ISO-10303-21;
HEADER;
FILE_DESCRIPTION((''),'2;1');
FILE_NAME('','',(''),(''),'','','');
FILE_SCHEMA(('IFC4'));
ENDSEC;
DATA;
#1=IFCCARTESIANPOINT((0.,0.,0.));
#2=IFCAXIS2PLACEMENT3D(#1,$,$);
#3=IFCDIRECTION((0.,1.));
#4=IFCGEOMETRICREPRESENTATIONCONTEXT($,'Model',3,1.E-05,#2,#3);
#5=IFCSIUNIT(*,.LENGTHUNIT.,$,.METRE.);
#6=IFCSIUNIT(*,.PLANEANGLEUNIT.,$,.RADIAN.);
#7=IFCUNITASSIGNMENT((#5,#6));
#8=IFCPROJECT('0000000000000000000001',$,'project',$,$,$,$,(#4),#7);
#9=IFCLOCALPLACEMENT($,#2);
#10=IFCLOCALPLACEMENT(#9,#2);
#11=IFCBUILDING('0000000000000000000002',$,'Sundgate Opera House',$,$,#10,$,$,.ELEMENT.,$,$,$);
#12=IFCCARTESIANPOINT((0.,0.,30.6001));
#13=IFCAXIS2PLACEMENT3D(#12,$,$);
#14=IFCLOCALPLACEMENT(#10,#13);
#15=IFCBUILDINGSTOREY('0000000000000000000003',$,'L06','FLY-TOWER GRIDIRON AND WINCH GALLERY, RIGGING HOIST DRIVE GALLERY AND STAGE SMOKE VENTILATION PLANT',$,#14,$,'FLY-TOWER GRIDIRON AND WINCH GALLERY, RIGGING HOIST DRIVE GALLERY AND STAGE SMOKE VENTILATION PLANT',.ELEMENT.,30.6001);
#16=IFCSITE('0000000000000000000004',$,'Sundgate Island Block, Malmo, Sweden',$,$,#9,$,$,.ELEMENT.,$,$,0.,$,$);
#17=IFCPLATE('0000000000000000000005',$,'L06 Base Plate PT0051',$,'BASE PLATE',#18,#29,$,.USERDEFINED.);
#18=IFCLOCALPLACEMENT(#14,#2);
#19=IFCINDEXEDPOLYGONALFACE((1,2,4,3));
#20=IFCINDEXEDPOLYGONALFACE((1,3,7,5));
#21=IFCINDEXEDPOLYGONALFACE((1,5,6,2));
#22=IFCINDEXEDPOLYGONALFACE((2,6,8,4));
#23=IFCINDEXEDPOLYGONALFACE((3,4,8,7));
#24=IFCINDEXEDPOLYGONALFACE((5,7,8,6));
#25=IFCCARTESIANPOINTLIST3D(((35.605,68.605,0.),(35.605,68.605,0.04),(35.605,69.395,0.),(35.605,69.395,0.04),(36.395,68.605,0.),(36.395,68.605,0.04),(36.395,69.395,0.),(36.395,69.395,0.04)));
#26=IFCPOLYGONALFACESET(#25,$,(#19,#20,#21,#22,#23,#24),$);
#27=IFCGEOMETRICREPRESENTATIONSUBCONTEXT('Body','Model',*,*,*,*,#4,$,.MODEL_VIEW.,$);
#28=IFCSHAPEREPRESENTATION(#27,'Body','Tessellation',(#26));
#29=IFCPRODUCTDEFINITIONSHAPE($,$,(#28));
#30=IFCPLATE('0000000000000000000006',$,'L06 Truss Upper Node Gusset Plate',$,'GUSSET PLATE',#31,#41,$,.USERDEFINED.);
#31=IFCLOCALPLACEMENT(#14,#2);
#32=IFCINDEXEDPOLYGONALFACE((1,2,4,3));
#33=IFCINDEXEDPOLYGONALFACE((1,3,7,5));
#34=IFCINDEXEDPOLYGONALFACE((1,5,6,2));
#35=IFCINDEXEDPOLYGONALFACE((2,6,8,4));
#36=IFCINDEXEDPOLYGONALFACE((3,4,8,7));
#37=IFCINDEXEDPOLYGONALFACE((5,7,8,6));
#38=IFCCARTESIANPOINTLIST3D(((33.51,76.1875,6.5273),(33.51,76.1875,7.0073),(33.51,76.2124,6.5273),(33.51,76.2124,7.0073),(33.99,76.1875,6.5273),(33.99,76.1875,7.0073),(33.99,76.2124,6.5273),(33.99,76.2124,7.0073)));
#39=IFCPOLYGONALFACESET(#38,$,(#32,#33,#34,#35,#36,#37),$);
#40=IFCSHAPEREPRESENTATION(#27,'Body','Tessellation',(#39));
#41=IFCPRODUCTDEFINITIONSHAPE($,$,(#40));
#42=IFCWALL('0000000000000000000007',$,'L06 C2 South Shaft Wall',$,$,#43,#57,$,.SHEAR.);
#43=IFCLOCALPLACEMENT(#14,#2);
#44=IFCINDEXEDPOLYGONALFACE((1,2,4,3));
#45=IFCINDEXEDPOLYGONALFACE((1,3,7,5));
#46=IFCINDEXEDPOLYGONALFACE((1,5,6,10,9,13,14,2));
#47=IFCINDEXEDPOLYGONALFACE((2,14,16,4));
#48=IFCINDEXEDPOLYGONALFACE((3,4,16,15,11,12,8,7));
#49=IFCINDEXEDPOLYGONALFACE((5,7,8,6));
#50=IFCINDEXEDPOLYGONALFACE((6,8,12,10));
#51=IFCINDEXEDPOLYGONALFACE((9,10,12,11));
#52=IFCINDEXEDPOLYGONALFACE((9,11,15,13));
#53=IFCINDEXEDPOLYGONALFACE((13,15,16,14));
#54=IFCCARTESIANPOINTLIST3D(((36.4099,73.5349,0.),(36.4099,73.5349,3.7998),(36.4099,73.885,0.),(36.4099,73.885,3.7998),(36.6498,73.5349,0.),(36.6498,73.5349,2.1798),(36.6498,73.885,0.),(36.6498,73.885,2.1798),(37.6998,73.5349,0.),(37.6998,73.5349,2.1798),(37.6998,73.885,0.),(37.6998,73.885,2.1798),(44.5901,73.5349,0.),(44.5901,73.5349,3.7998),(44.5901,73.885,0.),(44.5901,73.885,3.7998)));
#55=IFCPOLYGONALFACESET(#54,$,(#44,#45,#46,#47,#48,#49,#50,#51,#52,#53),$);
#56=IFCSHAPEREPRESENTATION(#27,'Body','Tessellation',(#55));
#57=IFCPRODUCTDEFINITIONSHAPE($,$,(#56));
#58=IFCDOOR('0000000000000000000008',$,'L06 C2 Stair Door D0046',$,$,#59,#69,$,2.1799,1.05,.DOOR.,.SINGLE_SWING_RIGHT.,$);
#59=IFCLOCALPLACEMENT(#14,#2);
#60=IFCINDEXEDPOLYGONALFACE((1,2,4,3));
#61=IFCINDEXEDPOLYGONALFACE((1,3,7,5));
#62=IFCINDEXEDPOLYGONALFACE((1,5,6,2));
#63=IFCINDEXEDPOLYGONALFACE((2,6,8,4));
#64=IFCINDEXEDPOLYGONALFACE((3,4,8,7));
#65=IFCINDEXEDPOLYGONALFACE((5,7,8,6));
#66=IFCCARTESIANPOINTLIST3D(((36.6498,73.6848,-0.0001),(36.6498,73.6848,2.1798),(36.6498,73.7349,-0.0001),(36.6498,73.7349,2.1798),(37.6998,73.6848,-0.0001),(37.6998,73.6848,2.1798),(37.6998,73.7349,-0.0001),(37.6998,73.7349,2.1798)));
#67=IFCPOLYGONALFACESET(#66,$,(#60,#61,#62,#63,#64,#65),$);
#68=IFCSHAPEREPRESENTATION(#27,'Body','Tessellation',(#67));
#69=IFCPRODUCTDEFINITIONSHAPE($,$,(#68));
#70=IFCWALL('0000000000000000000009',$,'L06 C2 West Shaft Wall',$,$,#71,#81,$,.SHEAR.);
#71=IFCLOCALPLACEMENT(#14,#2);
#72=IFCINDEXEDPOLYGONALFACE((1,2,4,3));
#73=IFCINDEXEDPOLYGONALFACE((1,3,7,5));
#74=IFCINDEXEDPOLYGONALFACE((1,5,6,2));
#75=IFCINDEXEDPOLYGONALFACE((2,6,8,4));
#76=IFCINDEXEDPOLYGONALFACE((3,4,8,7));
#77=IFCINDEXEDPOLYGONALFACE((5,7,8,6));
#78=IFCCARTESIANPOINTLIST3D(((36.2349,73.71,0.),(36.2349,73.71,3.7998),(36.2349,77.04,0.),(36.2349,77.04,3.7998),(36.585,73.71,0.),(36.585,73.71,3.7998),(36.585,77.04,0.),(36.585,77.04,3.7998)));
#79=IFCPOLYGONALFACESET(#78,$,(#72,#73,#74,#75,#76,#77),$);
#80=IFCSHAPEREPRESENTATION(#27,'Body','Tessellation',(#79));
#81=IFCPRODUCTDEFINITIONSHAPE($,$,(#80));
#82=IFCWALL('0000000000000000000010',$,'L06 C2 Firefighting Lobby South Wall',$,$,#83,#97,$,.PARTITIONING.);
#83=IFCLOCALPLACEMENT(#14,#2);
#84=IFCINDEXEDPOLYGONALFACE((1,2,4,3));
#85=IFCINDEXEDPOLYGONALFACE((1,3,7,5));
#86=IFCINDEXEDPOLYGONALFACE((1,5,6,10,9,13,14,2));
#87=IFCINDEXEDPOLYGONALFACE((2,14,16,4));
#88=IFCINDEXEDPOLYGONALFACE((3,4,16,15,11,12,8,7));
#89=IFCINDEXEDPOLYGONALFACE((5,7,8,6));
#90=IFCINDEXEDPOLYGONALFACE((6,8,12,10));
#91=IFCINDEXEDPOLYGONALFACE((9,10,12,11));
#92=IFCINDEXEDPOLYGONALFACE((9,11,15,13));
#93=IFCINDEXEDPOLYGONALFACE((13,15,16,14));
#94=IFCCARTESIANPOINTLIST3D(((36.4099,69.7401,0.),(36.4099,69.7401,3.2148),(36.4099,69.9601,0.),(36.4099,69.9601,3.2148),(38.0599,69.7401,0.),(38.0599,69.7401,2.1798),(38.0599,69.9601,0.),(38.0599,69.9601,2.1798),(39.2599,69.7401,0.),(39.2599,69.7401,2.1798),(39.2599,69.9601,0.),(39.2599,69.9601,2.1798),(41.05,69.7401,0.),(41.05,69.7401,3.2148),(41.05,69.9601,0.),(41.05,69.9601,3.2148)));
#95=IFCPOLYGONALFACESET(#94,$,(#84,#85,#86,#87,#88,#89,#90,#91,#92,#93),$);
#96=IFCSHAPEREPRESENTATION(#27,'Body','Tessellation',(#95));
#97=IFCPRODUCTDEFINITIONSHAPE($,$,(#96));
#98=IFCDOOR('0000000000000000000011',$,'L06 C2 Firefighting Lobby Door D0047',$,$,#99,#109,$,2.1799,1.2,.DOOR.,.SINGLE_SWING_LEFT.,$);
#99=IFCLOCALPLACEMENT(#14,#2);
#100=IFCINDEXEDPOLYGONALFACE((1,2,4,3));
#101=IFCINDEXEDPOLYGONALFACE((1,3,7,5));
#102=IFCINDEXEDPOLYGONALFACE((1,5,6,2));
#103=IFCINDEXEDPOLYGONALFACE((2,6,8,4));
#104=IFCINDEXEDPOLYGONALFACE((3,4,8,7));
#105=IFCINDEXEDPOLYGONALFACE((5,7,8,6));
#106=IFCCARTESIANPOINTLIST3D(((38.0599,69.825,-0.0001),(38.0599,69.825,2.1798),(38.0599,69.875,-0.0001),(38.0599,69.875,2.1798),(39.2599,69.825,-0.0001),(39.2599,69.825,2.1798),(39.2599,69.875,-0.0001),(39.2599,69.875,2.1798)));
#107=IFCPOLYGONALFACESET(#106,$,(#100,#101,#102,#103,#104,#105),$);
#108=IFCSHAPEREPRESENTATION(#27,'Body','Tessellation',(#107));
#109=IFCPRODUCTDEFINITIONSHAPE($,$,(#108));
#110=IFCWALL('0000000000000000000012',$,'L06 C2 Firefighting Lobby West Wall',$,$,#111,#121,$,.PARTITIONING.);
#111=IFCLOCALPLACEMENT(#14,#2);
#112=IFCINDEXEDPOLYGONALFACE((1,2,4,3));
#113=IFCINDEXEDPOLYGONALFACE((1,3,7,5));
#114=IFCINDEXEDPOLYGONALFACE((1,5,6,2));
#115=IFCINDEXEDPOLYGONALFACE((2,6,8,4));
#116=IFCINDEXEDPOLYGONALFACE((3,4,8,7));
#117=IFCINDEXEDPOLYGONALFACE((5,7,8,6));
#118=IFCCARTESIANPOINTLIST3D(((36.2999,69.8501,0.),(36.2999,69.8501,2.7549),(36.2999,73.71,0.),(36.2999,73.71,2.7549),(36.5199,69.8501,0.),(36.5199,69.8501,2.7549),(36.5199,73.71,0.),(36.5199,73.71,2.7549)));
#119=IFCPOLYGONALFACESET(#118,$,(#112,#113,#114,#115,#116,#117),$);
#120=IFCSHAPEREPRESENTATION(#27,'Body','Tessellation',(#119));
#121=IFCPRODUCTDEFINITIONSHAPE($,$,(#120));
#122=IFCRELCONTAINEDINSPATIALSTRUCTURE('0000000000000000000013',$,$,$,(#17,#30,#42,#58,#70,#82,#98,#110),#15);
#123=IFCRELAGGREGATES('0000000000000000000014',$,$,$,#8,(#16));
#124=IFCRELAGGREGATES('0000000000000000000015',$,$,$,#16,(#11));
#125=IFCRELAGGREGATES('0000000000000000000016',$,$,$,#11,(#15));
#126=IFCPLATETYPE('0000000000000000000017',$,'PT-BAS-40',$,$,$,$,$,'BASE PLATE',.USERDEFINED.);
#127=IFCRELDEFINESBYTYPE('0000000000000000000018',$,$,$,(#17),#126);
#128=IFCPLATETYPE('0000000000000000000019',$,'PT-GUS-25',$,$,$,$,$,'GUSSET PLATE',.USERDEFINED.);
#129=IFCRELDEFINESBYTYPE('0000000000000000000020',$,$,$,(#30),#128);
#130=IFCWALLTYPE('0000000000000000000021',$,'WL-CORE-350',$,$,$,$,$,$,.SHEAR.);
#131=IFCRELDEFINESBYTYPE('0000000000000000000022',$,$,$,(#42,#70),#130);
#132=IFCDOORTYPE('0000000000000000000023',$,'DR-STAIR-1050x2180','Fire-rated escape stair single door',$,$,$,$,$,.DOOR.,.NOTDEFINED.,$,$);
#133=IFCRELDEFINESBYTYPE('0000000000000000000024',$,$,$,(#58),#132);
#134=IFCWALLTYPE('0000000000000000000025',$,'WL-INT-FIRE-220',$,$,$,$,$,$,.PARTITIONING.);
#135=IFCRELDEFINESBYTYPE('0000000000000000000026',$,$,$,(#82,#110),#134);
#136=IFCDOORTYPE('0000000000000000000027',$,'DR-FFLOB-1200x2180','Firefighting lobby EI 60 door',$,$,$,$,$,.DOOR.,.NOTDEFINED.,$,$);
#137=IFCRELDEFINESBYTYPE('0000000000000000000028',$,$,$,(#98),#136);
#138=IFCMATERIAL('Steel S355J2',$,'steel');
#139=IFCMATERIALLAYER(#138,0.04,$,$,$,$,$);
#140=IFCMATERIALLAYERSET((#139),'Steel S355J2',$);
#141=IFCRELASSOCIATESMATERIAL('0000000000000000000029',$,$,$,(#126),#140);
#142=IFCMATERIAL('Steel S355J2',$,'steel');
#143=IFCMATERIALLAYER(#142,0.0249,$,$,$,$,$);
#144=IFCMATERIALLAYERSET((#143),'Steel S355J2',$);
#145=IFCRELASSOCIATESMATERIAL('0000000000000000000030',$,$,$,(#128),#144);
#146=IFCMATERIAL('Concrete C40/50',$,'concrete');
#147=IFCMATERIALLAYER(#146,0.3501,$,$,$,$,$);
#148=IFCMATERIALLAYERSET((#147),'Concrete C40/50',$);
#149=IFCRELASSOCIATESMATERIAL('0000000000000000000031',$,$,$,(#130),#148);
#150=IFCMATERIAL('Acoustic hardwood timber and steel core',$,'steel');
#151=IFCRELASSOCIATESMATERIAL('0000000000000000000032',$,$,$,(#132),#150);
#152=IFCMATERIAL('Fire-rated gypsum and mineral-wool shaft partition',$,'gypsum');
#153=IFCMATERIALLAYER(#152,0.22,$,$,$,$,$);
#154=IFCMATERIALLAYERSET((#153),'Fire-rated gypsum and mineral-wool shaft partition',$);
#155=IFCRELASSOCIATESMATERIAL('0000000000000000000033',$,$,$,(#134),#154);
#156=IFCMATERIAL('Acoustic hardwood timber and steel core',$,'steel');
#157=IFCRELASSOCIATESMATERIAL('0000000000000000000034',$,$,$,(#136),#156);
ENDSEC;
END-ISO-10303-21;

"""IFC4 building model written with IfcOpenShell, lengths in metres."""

from ifc_helpers import new_model, si_unit, direction, frame, frame_2d, origin, origin_2d, place, context, subcontext, project, spatial, rectangle, extrude, material, layer, layer_set, type_object, element, fill, save


model = new_model("IFC4")

# Units and contexts
model_context = context("Model", 3, precision=1e-05, world=origin(), true_north=direction((0.0, 1.0)))
body_context = subcontext(model_context, "Body", "Model", "MODEL_VIEW")
ifc_project = project(units=[si_unit("LENGTHUNIT", "METRE"), si_unit("PLANEANGLEUNIT", "RADIAN")], contexts=[model_context])

# Site, building, storey
site_placement = place(None, origin())
site = spatial("IfcSite", under=ifc_project, at=site_placement, Name="Sundgate Island Block, Malmo, Sweden", CompositionType="ELEMENT", RefElevation=0.0)
building_placement = place(site_placement, origin())
building = spatial("IfcBuilding", under=site, at=building_placement, Name="Sundgate Opera House", CompositionType="ELEMENT")
storey_placement = place(building_placement, frame((0.0, 0.0, 30.6001)))
storey = spatial("IfcBuildingStorey", under=building, at=storey_placement, Name="L06", Description="FLY-TOWER GRIDIRON AND WINCH GALLERY, RIGGING HOIST DRIVE GALLERY AND STAGE SMOKE VENTILATION PLANT", LongName="FLY-TOWER GRIDIRON AND WINCH GALLERY, RIGGING HOIST DRIVE GALLERY AND STAGE SMOKE VENTILATION PLANT", CompositionType="ELEMENT", Elevation=30.6001)

# Plates
ifc_material_1 = material(Name="Steel S355J2", Category="steel")
ifc_layer_1 = layer(ifc_material_1, 0.04)
ifc_layer_set_1 = layer_set([ifc_layer_1], Name="Steel S355J2")
plate_type_1 = type_object("IfcPlateType", Name="PT-BAS-40", ElementType="BASE PLATE", PredefinedType="USERDEFINED", material=ifc_layer_set_1)
plate_1_placement = place(storey_placement, frame((36.0, 69.0, 0.0), z_axis=(0.0, 0.0, 1.0), x_axis=(1.0, 0.0, 0.0)))
element("IfcPlate", 1, at=plate_1_placement, inside=storey, type_object=plate_type_1, Name="L06 Base Plate PT0051", ObjectType="BASE PLATE", PredefinedType="USERDEFINED", context=body_context, shape_type="SweptSolid", body=[
    extrude(rectangle(XDim=0.79, YDim=0.79, at=origin_2d()), origin(), (0.0, 0.0, 1.0), 0.04),
])
ifc_material_2 = material(Name="Steel S355J2", Category="steel")
ifc_layer_2 = layer(ifc_material_2, 0.0249)
ifc_layer_set_2 = layer_set([ifc_layer_2], Name="Steel S355J2")
plate_type_2 = type_object("IfcPlateType", Name="PT-GUS-25", ElementType="GUSSET PLATE", PredefinedType="USERDEFINED", material=ifc_layer_set_2)
plate_2_placement = place(storey_placement, frame((33.75, 76.2, 6.5273), z_axis=(0.0, 0.0, 1.0), x_axis=(1.0, 0.0, 0.0)))
element("IfcPlate", 2, at=plate_2_placement, inside=storey, type_object=plate_type_2, Name="L06 Truss Upper Node Gusset Plate", ObjectType="GUSSET PLATE", PredefinedType="USERDEFINED", context=body_context, shape_type="SweptSolid", body=[
    extrude(rectangle(XDim=0.48, YDim=0.0249, at=origin_2d()), origin(), (0.0, 0.0, 1.0), 0.48),
])

# Wall, opening, door
ifc_material_3 = material(Name="Concrete C40/50", Category="concrete")
ifc_layer_3 = layer(ifc_material_3, 0.3501)
ifc_layer_set_3 = layer_set([ifc_layer_3], Name="Concrete C40/50")
wall_type_1 = type_object("IfcWallType", Name="WL-CORE-350", PredefinedType="SHEAR", material=ifc_layer_set_3)
wall_1_placement = place(storey_placement, frame((36.4099, 73.71, 0.0), z_axis=(0.0, 0.0, 1.0), x_axis=(1.0, 0.0, 0.0)))
wall_1 = element("IfcWall", 3, at=wall_1_placement, inside=storey, type_object=wall_type_1, Name="L06 C2 South Shaft Wall", PredefinedType="SHEAR", context=body_context, shape_type="SweptSolid", body=[
    extrude(rectangle(XDim=8.1802, YDim=0.3501, at=frame_2d((4.0901, 0.0))), origin(), (0.0, 0.0, 1.0), 3.7998),
])
opening_1_placement = place(wall_1_placement, frame((0.24, 0.0, 0.0)))
opening_1 = element("IfcOpeningElement", 4, at=opening_1_placement, cuts=wall_1, PredefinedType="OPENING", context=body_context, shape_type="SweptSolid", body=[
    extrude(rectangle(XDim=1.05, YDim=2.1799, at=frame_2d((0.5249, 1.0898))), frame((0.0, 0.1851, 0.0), z_axis=(0.0, -1.0, 0.0), x_axis=(1.0, 0.0, 0.0)), (0.0, 0.0, 1.0), 0.3701),
])
ifc_material_4 = material(Name="Acoustic hardwood timber and steel core", Category="steel")
door_type_1 = type_object("IfcDoorType", Name="DR-STAIR-1050x2180", Description="Fire-rated escape stair single door", OperationType="NOTDEFINED", PredefinedType="DOOR", material=ifc_material_4)
door_1_placement = place(opening_1_placement, origin())
door_1 = element("IfcDoor", 5, at=door_1_placement, inside=storey, type_object=door_type_1, Name="L06 C2 Stair Door D0046", OperationType="SINGLE_SWING_RIGHT", OverallHeight=2.1799, OverallWidth=1.05, PredefinedType="DOOR", context=body_context, shape_type="SweptSolid", body=[
    extrude(rectangle(XDim=1.05, YDim=2.1799, at=frame_2d((0.5249, 1.0898))), frame((0.0, 0.0249, 0.0), z_axis=(0.0, -1.0, 0.0), x_axis=(1.0, 0.0, 0.0)), (0.0, 0.0, 1.0), 0.05),
])
fill(opening_1, door_1)

# Wall
wall_2_placement = place(storey_placement, frame((36.4099, 73.71, 0.0), z_axis=(0.0, 0.0, 1.0), x_axis=(0.0, 1.0, 0.0)))
element("IfcWall", 6, at=wall_2_placement, inside=storey, type_object=wall_type_1, Name="L06 C2 West Shaft Wall", PredefinedType="SHEAR", context=body_context, shape_type="SweptSolid", body=[
    extrude(rectangle(XDim=3.3301, YDim=0.3501, at=frame_2d((1.665, 0.0))), origin(), (0.0, 0.0, 1.0), 3.7998),
])

# Wall, opening, door
ifc_material_5 = material(Name="Fire-rated gypsum and mineral-wool shaft partition", Category="gypsum")
ifc_layer_4 = layer(ifc_material_5, 0.22)
ifc_layer_set_4 = layer_set([ifc_layer_4], Name="Fire-rated gypsum and mineral-wool shaft partition")
wall_type_2 = type_object("IfcWallType", Name="WL-INT-FIRE-220", PredefinedType="PARTITIONING", material=ifc_layer_set_4)
wall_3_placement = place(storey_placement, frame((36.4099, 69.8501, 0.0), z_axis=(0.0, 0.0, 1.0), x_axis=(1.0, 0.0, 0.0)))
wall_3 = element("IfcWall", 7, at=wall_3_placement, inside=storey, type_object=wall_type_2, Name="L06 C2 Firefighting Lobby South Wall", PredefinedType="PARTITIONING", context=body_context, shape_type="SweptSolid", body=[
    extrude(rectangle(XDim=4.6401, YDim=0.22, at=frame_2d((2.3201, 0.0))), origin(), (0.0, 0.0, 1.0), 3.2148),
])
opening_2_placement = place(wall_3_placement, frame((1.6499, 0.0, 0.0)))
opening_2 = element("IfcOpeningElement", 8, at=opening_2_placement, cuts=wall_3, PredefinedType="OPENING", context=body_context, shape_type="SweptSolid", body=[
    extrude(rectangle(XDim=1.2, YDim=2.1799, at=frame_2d((0.6001, 1.0898))), frame((0.0, 0.1199, 0.0), z_axis=(0.0, -1.0, 0.0), x_axis=(1.0, 0.0, 0.0)), (0.0, 0.0, 1.0), 0.24),
])
ifc_material_6 = material(Name="Acoustic hardwood timber and steel core", Category="steel")
door_type_2 = type_object("IfcDoorType", Name="DR-FFLOB-1200x2180", Description="Firefighting lobby EI 60 door", OperationType="NOTDEFINED", PredefinedType="DOOR", material=ifc_material_6)
door_2_placement = place(opening_2_placement, origin())
door_2 = element("IfcDoor", 9, at=door_2_placement, inside=storey, type_object=door_type_2, Name="L06 C2 Firefighting Lobby Door D0047", OperationType="SINGLE_SWING_LEFT", OverallHeight=2.1799, OverallWidth=1.2, PredefinedType="DOOR", context=body_context, shape_type="SweptSolid", body=[
    extrude(rectangle(XDim=1.2, YDim=2.1799, at=frame_2d((0.6001, 1.0898))), frame((0.0, 0.0249, 0.0), z_axis=(0.0, -1.0, 0.0), x_axis=(1.0, 0.0, 0.0)), (0.0, 0.0, 1.0), 0.05),
])
fill(opening_2, door_2)

# Wall
wall_4_placement = place(storey_placement, frame((36.4099, 69.8501, 0.0), z_axis=(0.0, 0.0, 1.0), x_axis=(0.0, 1.0, 0.0)))
element("IfcWall", 10, at=wall_4_placement, inside=storey, type_object=wall_type_2, Name="L06 C2 Firefighting Lobby West Wall", PredefinedType="PARTITIONING", context=body_context, shape_type="SweptSolid", body=[
    extrude(rectangle(XDim=3.8599, YDim=0.22, at=frame_2d((1.9299, 0.0))), origin(), (0.0, 0.0, 1.0), 2.7549),
])

save(model, "model.ifc")
